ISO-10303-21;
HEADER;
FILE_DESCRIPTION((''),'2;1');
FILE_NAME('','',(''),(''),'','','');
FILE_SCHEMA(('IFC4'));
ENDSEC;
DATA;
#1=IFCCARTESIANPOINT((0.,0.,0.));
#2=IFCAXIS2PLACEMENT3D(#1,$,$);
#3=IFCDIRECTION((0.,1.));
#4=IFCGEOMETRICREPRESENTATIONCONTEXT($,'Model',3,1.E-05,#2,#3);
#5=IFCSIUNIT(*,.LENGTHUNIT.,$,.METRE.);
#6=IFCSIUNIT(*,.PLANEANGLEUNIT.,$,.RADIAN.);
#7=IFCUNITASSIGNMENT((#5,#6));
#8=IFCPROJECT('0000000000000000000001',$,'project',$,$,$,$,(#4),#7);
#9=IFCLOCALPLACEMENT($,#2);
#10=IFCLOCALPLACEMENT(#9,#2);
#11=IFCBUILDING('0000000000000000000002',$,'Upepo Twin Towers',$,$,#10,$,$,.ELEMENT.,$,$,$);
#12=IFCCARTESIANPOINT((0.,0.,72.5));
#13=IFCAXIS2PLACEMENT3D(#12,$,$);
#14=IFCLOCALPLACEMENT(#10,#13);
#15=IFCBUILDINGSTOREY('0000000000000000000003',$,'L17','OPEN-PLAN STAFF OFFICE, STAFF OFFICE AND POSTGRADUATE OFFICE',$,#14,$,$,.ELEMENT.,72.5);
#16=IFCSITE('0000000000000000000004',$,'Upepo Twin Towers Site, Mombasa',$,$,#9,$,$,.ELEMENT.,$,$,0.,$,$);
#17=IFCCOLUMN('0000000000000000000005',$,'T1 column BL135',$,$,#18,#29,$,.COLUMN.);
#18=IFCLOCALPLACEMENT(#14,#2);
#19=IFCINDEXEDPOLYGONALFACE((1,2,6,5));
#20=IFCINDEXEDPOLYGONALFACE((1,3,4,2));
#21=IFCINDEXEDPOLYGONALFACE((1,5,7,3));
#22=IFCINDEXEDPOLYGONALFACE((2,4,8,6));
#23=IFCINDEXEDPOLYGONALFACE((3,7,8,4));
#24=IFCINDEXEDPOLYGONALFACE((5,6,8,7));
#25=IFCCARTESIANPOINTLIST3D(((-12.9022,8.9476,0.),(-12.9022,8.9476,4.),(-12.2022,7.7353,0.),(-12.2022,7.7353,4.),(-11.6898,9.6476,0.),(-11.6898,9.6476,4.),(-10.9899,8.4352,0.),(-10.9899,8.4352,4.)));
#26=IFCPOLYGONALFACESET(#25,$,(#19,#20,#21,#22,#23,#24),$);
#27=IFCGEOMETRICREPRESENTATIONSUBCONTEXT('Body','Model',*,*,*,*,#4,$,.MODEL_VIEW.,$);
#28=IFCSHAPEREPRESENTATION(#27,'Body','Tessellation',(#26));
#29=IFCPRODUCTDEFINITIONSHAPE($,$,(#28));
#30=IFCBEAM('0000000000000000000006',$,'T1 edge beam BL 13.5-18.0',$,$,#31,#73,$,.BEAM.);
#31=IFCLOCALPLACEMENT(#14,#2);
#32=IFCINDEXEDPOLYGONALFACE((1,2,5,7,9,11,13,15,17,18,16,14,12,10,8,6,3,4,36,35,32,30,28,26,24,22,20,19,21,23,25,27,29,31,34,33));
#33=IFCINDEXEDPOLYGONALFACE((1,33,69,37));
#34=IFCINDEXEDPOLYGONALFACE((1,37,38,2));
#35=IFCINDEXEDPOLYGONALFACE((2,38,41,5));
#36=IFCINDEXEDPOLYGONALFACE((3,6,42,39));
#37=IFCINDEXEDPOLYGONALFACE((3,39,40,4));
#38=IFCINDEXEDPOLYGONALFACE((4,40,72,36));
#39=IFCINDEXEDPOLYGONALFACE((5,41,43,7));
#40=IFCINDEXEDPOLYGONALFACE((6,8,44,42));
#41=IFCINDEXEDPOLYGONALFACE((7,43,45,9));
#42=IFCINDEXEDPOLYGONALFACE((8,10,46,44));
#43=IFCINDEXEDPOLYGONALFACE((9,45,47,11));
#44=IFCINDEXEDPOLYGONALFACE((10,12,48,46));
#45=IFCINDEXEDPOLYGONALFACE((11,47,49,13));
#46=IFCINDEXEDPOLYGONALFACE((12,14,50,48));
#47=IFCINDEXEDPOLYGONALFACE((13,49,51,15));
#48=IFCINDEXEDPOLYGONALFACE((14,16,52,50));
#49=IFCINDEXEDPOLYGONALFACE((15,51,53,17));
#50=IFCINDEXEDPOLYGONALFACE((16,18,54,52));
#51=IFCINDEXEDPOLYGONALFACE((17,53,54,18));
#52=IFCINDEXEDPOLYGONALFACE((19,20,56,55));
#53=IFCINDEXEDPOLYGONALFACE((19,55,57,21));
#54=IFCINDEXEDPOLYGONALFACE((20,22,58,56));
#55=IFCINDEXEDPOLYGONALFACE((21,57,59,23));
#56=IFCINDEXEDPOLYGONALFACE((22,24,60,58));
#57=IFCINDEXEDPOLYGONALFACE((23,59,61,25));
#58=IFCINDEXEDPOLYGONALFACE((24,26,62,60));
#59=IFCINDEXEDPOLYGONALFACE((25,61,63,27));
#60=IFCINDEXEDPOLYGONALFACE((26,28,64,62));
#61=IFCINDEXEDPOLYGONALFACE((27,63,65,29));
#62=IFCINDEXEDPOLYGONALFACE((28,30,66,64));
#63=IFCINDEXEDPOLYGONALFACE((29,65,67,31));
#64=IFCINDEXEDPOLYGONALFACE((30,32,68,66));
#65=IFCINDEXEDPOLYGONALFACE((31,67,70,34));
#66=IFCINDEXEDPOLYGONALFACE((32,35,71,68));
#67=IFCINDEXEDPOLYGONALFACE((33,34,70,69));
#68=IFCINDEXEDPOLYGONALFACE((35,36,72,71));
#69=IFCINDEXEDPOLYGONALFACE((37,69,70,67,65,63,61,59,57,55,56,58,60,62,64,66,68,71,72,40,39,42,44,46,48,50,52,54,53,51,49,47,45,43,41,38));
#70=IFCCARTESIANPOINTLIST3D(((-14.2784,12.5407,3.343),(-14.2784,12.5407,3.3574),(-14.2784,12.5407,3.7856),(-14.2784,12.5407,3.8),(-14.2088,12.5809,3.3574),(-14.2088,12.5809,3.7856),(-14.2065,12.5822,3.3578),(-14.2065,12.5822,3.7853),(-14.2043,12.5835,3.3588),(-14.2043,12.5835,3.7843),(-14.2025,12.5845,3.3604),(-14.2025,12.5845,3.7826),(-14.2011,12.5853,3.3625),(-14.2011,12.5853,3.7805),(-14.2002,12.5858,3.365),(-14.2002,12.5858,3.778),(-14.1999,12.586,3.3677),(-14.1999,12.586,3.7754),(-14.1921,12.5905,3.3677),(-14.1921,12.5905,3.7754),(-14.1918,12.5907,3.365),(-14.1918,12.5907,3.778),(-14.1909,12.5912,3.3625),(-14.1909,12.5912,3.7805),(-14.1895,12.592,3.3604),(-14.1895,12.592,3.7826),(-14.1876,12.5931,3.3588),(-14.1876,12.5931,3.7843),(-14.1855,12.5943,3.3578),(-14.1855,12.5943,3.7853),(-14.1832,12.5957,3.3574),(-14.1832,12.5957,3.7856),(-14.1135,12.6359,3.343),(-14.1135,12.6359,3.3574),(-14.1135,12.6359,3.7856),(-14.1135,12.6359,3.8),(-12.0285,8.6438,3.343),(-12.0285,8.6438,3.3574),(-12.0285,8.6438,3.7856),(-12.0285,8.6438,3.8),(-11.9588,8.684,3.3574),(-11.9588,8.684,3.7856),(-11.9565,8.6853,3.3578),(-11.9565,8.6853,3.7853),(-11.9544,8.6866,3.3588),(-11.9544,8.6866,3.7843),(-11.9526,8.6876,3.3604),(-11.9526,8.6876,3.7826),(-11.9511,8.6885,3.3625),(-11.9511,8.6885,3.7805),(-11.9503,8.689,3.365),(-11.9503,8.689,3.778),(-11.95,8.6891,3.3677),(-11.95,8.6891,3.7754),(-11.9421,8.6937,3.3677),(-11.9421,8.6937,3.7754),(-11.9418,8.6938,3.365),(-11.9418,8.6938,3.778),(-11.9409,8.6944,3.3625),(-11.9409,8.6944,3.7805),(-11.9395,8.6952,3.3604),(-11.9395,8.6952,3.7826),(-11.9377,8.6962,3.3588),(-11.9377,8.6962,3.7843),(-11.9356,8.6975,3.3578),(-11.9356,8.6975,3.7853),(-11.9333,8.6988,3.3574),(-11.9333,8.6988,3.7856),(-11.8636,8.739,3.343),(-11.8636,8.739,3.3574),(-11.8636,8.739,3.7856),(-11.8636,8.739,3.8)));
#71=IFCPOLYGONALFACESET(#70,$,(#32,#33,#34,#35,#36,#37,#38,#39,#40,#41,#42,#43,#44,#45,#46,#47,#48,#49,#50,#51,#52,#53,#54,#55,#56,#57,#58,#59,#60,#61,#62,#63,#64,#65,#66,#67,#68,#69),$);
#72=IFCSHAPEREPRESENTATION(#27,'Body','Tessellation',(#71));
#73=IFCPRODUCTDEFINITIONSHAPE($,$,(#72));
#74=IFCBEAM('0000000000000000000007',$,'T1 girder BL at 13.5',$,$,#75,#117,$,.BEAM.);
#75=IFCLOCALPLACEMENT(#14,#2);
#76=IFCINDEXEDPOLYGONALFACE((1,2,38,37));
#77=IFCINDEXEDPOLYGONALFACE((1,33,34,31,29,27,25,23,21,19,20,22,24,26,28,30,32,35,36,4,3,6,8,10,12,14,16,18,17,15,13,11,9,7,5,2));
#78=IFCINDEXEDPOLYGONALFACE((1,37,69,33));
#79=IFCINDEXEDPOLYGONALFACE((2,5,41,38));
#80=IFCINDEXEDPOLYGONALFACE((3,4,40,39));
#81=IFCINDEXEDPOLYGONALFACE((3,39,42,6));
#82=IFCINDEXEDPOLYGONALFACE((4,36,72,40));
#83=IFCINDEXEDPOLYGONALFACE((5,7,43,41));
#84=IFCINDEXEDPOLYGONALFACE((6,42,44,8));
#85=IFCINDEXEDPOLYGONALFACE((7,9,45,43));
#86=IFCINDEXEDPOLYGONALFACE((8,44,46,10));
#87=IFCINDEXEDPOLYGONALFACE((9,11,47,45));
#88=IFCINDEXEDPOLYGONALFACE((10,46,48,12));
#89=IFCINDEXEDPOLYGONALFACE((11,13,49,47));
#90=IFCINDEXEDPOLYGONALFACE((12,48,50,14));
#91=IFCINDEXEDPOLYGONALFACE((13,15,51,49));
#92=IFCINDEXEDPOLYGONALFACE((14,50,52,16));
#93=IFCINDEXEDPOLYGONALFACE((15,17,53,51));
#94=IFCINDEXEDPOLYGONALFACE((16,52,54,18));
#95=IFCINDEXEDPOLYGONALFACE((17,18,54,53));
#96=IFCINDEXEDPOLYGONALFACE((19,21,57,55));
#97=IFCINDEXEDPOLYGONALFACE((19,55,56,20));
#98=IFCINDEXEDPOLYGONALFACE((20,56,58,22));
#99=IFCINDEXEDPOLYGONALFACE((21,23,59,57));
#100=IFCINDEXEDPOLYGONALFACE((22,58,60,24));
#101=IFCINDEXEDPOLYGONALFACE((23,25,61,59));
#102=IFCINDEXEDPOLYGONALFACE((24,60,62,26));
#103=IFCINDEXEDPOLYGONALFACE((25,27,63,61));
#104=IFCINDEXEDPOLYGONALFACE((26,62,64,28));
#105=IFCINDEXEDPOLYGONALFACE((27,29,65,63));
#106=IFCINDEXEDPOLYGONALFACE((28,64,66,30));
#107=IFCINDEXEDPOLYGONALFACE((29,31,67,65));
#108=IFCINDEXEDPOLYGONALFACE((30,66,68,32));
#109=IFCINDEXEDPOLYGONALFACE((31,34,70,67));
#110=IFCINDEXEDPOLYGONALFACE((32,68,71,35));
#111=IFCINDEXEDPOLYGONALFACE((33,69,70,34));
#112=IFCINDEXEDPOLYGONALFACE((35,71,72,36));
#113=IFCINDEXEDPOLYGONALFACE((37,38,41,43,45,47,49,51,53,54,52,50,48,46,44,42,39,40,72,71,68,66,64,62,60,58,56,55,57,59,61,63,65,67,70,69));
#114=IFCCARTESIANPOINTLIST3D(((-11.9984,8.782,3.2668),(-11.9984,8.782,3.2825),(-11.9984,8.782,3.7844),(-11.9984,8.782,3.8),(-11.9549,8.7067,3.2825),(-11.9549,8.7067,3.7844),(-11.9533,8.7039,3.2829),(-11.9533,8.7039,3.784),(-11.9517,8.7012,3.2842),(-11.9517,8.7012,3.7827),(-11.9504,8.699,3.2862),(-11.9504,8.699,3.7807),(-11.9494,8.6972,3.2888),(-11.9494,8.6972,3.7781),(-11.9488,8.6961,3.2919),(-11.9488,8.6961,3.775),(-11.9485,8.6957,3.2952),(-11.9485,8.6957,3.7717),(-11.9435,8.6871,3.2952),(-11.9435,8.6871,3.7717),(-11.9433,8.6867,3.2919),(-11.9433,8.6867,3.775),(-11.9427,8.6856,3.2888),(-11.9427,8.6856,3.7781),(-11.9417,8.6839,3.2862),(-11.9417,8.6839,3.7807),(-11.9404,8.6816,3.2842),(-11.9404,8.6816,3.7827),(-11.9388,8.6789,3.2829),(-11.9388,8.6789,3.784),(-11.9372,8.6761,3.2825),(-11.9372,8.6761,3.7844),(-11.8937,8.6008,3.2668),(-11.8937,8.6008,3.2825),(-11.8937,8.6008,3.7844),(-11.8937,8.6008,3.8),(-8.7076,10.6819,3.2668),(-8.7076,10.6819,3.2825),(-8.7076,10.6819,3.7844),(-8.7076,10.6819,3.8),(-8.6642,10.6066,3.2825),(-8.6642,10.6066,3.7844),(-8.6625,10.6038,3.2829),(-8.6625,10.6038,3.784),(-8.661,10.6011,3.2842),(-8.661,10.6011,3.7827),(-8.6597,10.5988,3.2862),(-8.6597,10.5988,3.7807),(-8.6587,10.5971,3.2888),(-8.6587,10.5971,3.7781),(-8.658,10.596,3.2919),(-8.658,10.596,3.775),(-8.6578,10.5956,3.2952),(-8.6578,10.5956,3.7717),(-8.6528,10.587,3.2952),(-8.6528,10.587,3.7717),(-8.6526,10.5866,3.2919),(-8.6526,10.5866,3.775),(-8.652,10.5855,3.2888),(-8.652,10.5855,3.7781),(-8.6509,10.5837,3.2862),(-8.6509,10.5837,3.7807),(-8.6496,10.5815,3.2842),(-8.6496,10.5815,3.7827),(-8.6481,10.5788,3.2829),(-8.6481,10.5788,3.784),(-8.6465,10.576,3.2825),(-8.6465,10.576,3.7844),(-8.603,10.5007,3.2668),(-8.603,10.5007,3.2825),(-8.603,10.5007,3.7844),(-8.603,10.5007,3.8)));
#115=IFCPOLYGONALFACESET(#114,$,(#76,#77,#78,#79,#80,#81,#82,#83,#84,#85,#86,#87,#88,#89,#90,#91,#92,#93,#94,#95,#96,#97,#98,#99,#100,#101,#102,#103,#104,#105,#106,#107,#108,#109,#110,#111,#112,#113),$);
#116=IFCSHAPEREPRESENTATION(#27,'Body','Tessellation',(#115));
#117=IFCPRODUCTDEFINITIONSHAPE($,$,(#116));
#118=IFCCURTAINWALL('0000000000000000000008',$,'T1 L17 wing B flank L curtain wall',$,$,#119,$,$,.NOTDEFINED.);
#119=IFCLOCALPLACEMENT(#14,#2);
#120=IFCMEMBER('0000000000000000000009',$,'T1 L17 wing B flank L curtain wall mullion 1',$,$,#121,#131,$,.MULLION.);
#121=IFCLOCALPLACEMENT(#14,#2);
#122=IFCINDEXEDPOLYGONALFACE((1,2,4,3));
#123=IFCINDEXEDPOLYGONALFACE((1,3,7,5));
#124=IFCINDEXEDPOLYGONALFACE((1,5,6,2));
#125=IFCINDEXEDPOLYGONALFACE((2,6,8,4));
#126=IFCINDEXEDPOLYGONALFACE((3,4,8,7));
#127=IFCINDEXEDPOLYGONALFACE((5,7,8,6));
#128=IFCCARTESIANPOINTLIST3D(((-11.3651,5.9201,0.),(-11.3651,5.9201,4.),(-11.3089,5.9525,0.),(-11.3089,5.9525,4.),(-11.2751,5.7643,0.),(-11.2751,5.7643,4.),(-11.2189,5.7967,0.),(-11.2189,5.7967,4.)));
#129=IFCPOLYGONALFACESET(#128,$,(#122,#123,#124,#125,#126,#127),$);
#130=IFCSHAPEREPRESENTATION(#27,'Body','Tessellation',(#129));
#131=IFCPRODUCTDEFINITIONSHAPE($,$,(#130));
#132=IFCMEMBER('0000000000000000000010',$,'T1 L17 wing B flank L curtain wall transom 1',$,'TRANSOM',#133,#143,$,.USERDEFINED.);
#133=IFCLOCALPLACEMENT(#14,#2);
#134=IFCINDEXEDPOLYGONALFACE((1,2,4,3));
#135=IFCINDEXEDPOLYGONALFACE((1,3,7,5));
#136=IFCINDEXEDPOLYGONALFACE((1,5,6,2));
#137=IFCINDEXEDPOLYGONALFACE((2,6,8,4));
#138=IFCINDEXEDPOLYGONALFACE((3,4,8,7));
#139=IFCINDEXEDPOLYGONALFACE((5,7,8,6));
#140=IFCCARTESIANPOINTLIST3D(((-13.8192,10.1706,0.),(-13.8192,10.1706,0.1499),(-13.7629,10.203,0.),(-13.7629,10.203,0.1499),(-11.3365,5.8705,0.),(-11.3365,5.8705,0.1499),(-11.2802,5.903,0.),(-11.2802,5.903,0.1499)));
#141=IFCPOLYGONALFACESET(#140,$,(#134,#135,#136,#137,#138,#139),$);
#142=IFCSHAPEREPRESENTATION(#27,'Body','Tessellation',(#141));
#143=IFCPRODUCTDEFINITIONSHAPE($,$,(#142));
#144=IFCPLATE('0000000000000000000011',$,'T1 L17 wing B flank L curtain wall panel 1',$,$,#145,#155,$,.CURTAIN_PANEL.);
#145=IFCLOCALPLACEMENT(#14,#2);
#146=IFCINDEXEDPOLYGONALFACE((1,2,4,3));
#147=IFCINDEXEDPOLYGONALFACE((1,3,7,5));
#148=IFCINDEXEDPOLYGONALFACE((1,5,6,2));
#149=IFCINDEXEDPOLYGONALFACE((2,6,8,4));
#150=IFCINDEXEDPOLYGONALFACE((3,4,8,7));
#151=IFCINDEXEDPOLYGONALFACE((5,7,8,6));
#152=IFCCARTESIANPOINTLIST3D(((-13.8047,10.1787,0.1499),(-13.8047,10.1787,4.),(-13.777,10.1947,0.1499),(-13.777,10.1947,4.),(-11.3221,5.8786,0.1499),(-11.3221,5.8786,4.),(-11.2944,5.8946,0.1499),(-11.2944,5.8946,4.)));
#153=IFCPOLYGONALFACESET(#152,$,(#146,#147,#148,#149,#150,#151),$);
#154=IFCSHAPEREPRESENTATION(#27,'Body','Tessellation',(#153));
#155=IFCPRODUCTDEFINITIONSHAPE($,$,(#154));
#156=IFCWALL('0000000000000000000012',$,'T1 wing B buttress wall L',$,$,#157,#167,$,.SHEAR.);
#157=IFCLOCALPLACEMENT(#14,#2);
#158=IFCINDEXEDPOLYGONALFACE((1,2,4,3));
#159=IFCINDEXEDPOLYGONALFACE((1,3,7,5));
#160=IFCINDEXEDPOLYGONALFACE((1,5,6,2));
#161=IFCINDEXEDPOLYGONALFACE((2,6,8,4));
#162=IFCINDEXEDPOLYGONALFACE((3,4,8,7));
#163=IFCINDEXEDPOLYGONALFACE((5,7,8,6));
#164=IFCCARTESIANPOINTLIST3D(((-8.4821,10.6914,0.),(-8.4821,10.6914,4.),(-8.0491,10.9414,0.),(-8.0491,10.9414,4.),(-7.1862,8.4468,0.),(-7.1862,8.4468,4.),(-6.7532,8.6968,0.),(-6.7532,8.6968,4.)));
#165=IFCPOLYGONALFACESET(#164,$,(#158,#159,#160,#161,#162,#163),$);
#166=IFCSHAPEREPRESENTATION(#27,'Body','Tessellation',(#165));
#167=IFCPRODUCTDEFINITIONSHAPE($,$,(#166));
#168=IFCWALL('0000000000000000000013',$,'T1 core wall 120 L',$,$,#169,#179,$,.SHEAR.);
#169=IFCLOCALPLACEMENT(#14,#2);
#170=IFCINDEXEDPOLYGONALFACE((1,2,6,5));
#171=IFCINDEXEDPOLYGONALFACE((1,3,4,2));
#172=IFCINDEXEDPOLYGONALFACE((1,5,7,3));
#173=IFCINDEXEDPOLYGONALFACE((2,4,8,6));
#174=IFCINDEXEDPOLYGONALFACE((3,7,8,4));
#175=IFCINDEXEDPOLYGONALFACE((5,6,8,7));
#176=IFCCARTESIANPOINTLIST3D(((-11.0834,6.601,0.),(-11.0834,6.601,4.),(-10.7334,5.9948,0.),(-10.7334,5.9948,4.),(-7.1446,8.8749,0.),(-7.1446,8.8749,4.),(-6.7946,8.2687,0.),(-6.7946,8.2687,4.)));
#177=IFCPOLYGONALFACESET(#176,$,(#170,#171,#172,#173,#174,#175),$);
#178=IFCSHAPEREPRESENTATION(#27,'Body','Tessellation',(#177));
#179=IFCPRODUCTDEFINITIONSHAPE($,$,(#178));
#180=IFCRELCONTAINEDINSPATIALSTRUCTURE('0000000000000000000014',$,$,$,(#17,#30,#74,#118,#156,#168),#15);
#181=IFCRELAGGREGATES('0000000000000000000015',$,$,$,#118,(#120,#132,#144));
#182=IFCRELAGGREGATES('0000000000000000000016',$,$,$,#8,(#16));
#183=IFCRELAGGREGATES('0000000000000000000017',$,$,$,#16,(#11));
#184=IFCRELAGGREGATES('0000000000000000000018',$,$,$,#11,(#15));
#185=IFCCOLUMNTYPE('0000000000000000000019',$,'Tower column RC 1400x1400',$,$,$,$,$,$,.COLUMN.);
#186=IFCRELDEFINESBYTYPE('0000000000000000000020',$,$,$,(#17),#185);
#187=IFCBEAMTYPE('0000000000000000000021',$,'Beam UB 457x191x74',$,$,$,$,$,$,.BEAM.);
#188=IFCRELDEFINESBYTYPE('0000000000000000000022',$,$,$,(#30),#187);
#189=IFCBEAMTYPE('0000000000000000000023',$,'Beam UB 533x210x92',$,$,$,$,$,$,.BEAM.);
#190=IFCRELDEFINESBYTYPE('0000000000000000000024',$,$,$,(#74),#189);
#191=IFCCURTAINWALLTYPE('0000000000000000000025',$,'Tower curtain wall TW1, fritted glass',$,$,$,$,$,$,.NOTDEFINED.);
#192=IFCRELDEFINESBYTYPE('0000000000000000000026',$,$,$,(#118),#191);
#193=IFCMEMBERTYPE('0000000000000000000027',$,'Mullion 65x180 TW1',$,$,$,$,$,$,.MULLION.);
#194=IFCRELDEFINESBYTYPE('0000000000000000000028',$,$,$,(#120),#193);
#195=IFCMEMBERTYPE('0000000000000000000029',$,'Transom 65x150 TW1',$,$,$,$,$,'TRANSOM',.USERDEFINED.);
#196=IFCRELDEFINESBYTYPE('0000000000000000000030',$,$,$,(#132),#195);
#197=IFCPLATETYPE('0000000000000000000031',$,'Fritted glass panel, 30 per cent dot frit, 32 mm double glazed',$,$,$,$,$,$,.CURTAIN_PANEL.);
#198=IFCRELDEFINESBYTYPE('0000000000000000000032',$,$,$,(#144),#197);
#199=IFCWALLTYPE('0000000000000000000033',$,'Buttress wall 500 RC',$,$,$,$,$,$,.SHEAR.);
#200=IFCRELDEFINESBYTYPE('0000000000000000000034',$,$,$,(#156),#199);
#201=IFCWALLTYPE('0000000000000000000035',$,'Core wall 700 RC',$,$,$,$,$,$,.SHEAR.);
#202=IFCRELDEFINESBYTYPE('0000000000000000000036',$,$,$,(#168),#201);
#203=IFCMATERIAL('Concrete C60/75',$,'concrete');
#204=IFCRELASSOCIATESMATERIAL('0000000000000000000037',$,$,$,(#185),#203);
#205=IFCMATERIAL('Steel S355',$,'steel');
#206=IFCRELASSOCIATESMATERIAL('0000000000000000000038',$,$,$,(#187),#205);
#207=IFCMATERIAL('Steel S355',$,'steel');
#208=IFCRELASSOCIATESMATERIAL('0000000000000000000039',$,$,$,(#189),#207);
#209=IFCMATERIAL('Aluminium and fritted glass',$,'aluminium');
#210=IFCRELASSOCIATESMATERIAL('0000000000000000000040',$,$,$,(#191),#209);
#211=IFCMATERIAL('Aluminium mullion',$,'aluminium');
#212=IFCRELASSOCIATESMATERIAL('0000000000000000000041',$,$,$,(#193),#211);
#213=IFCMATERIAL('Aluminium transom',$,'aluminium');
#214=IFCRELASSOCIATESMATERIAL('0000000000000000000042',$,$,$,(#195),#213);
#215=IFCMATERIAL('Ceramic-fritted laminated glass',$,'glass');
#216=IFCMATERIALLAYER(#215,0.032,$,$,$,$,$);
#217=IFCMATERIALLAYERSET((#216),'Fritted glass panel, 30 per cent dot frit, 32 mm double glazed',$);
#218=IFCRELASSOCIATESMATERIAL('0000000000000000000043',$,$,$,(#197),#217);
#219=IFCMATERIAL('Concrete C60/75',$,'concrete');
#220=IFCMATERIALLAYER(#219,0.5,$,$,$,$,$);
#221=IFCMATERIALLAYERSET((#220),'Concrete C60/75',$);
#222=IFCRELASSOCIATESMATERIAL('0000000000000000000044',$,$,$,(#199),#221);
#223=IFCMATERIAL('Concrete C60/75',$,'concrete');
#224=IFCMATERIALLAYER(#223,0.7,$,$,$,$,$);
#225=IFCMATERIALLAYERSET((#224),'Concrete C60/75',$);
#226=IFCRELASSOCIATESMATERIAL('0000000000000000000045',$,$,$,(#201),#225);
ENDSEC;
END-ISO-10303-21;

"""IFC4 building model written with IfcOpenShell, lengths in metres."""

from ifc_helpers import new_model, si_unit, direction, frame, frame_2d, origin, origin_2d, place, context, subcontext, project, spatial, rectangle, i_section, extrude, material, layer, layer_set, material_profile, profile_set, type_object, element, aggregate, save


model = new_model("IFC4")

# Units and contexts
model_context = context("Model", 3, precision=1e-05, world=origin(), true_north=direction((0.0, 1.0)))
body_context = subcontext(model_context, "Body", "Model", "MODEL_VIEW")
ifc_project = project(units=[si_unit("LENGTHUNIT", "METRE"), si_unit("PLANEANGLEUNIT", "RADIAN")], contexts=[model_context])

# Site, building, storey
site_placement = place(None, origin())
site = spatial("IfcSite", under=ifc_project, at=site_placement, Name="Upepo Twin Towers Site, Mombasa", CompositionType="ELEMENT", RefElevation=0.0)
building_placement = place(site_placement, origin())
building = spatial("IfcBuilding", under=site, at=building_placement, Name="Upepo Twin Towers", CompositionType="ELEMENT")
storey_placement = place(building_placement, frame((0.0, 0.0, 72.5)))
storey = spatial("IfcBuildingStorey", under=building, at=storey_placement, Name="L17", Description="OPEN-PLAN STAFF OFFICE, STAFF OFFICE AND POSTGRADUATE OFFICE", CompositionType="ELEMENT", Elevation=72.5)

# Column
ifc_material_1 = material(Name="Concrete C60/75", Category="concrete")
ifc_material_profile_1 = material_profile(ifc_material_1, rectangle(XDim=1.3999, YDim=1.3999, at=origin_2d()), Name="RC 1400x1400")
ifc_profile_set_1 = profile_set([ifc_material_profile_1], Name="Concrete C60/75")
column_type = type_object("IfcColumnType", Name="Tower column RC 1400x1400", PredefinedType="COLUMN", material=ifc_profile_set_1)
column_placement = place(storey_placement, frame((-11.946, 8.6914, 0.0), z_axis=(0.0, 0.0, 1.0), x_axis=(0.866025, 0.5, 0.0)))
element("IfcColumn", 1, at=column_placement, inside=storey, type_object=column_type, Name="T1 column BL135", PredefinedType="COLUMN", context=body_context, shape_type="SweptSolid", body=[
    extrude(rectangle(XDim=1.3999, YDim=1.3999, at=origin_2d()), origin(), (0.0, 0.0, 1.0), 4.0),
])

# Beams
ifc_material_2 = material(Name="Steel S355", Category="steel")
ifc_material_profile_2 = material_profile(ifc_material_2, i_section(OverallWidth=0.1904, OverallDepth=0.457, WebThickness=0.009, FlangeThickness=0.0144, FilletRadius=0.0103, at=origin_2d()), Name="UB 457x191x74")
ifc_profile_set_2 = profile_set([ifc_material_profile_2], Name="Steel S355")
beam_type_1 = type_object("IfcBeamType", Name="Beam UB 457x191x74", PredefinedType="BEAM", material=ifc_profile_set_2)
beam_1_placement = place(storey_placement, frame((-11.946, 8.6914, 3.5715), z_axis=(-0.500014, 0.866018, 0.0), x_axis=(-0.866018, -0.500014, 0.0)))
element("IfcBeam", 2, at=beam_1_placement, inside=storey, type_object=beam_type_1, Name="T1 edge beam BL 13.5-18.0", PredefinedType="BEAM", context=body_context, shape_type="SweptSolid", body=[
    extrude(i_section(OverallWidth=0.1904, OverallDepth=0.457, WebThickness=0.009, FlangeThickness=0.0144, FilletRadius=0.0103, at=origin_2d()), origin(), (0.0, 0.0, 1.0), 4.4998),
])
ifc_material_3 = material(Name="Steel S355", Category="steel")
ifc_material_profile_3 = material_profile(ifc_material_3, i_section(OverallWidth=0.2092, OverallDepth=0.5332, WebThickness=0.01, FlangeThickness=0.0156, FilletRadius=0.0127, at=origin_2d()), Name="UB 533x210x92")
ifc_profile_set_3 = profile_set([ifc_material_profile_3], Name="Steel S355")
beam_type_2 = type_object("IfcBeamType", Name="Beam UB 533x210x92", PredefinedType="BEAM", material=ifc_profile_set_3)
beam_2_placement = place(storey_placement, frame((-11.946, 8.6914, 3.5334), z_axis=(0.866028, 0.499995, 0.0), x_axis=(-0.499995, 0.866028, 0.0)))
element("IfcBeam", 3, at=beam_2_placement, inside=storey, type_object=beam_type_2, Name="T1 girder BL at 13.5", PredefinedType="BEAM", context=body_context, shape_type="SweptSolid", body=[
    extrude(i_section(OverallWidth=0.2092, OverallDepth=0.5332, WebThickness=0.01, FlangeThickness=0.0156, FilletRadius=0.0127, at=origin_2d()), origin(), (0.0, 0.0, 1.0), 3.7998),
])

# Curtain wall, members, plate
ifc_material_4 = material(Name="Aluminium and fritted glass", Category="aluminium")
curtain_wall_type = type_object("IfcCurtainWallType", Name="Tower curtain wall TW1, fritted glass", PredefinedType="NOTDEFINED", material=ifc_material_4)
curtain_wall_placement = place(storey_placement, origin())
curtain_wall = element("IfcCurtainWall", 4, at=curtain_wall_placement, inside=storey, type_object=curtain_wall_type, Name="T1 L17 wing B flank L curtain wall", PredefinedType="NOTDEFINED")
ifc_material_5 = material(Name="Aluminium mullion", Category="aluminium")
ifc_material_profile_4 = material_profile(ifc_material_5, rectangle(XDim=0.0649, YDim=0.1799, at=origin_2d()), Name="MULLION 65x180")
ifc_profile_set_4 = profile_set([ifc_material_profile_4], Name="Aluminium mullion")
member_type_1 = type_object("IfcMemberType", Name="Mullion 65x180 TW1", PredefinedType="MULLION", material=ifc_profile_set_4)
member_1_placement = place(storey_placement, frame((-11.292, 5.8584, 0.0), z_axis=(0.0, 0.0, 1.0), x_axis=(-0.866025, -0.5, 0.0)))
member_1 = element("IfcMember", 5, at=member_1_placement, type_object=member_type_1, Name="T1 L17 wing B flank L curtain wall mullion 1", PredefinedType="MULLION", context=body_context, shape_type="SweptSolid", body=[
    extrude(rectangle(XDim=0.0649, YDim=0.1799, at=origin_2d()), origin(), (0.0, 0.0, 1.0), 4.0),
])
ifc_material_6 = material(Name="Aluminium transom", Category="aluminium")
ifc_material_profile_5 = material_profile(ifc_material_6, rectangle(XDim=0.0649, YDim=0.1499, at=origin_2d()), Name="TRANSOM 65x150")
ifc_profile_set_5 = profile_set([ifc_material_profile_5], Name="Aluminium transom")
member_type_2 = type_object("IfcMemberType", Name="Transom 65x150 TW1", ElementType="TRANSOM", PredefinedType="USERDEFINED", material=ifc_profile_set_5)
member_2_placement = place(storey_placement, frame((-11.3083, 5.8867, 0.075), z_axis=(-0.500005, 0.866023, 0.0), x_axis=(-0.866023, -0.500005, 0.0)))
member_2 = element("IfcMember", 6, at=member_2_placement, type_object=member_type_2, Name="T1 L17 wing B flank L curtain wall transom 1", ObjectType="TRANSOM", PredefinedType="USERDEFINED", context=body_context, shape_type="SweptSolid", body=[
    extrude(rectangle(XDim=0.0649, YDim=0.1499, at=origin_2d()), origin(), (0.0, 0.0, 1.0), 4.9653),
])
ifc_material_7 = material(Name="Ceramic-fritted laminated glass", Category="glass")
ifc_layer_1 = layer(ifc_material_7, 0.032)
ifc_layer_set_1 = layer_set([ifc_layer_1], Name="Fritted glass panel, 30 per cent dot frit, 32 mm double glazed")
plate_type = type_object("IfcPlateType", Name="Fritted glass panel, 30 per cent dot frit, 32 mm double glazed", PredefinedType="CURTAIN_PANEL", material=ifc_layer_set_1)
plate_placement = place(storey_placement, frame((-12.5496, 8.0366, 0.1499), z_axis=(0.0, 0.0, 1.0), x_axis=(-0.5, 0.866025, 0.0)))
plate = element("IfcPlate", 7, at=plate_placement, type_object=plate_type, Name="T1 L17 wing B flank L curtain wall panel 1", PredefinedType="CURTAIN_PANEL", context=body_context, shape_type="SweptSolid", body=[
    extrude(rectangle(XDim=4.9653, YDim=0.032, at=origin_2d()), origin(), (0.0, 0.0, 1.0), 3.8501),
])
aggregate(curtain_wall, [member_1, member_2, plate])

# Walls
ifc_material_8 = material(Name="Concrete C60/75", Category="concrete")
ifc_layer_2 = layer(ifc_material_8, 0.5)
ifc_layer_set_2 = layer_set([ifc_layer_2], Name="Concrete C60/75")
wall_type_1 = type_object("IfcWallType", Name="Buttress wall 500 RC", PredefinedType="SHEAR", material=ifc_layer_set_2)
wall_1_placement = place(storey_placement, frame((-6.9697, 8.5718, 0.0), z_axis=(0.0, 0.0, 1.0), x_axis=(-0.499989, 0.866032, 0.0)))
element("IfcWall", 8, at=wall_1_placement, inside=storey, type_object=wall_type_1, Name="T1 wing B buttress wall L", PredefinedType="SHEAR", context=body_context, shape_type="SweptSolid", body=[
    extrude(rectangle(XDim=2.5918, YDim=0.5, at=frame_2d((1.2959, 0.0))), origin(), (0.0, 0.0, 1.0), 4.0),
])
ifc_material_9 = material(Name="Concrete C60/75", Category="concrete")
ifc_layer_3 = layer(ifc_material_9, 0.7)
ifc_layer_set_3 = layer_set([ifc_layer_3], Name="Concrete C60/75")
wall_type_2 = type_object("IfcWallType", Name="Core wall 700 RC", PredefinedType="SHEAR", material=ifc_layer_set_3)
wall_2_placement = place(storey_placement, frame((-6.9697, 8.5718, 0.0), z_axis=(0.0, 0.0, 1.0), x_axis=(-0.866035, -0.499984, 0.0)))
element("IfcWall", 9, at=wall_2_placement, inside=storey, type_object=wall_type_2, Name="T1 core wall 120 L", PredefinedType="SHEAR", context=body_context, shape_type="SweptSolid", body=[
    extrude(rectangle(XDim=4.5481, YDim=0.7, at=frame_2d((2.2739, 0.0))), origin(), (0.0, 0.0, 1.0), 4.0),
])

save(model, "model.ifc")
